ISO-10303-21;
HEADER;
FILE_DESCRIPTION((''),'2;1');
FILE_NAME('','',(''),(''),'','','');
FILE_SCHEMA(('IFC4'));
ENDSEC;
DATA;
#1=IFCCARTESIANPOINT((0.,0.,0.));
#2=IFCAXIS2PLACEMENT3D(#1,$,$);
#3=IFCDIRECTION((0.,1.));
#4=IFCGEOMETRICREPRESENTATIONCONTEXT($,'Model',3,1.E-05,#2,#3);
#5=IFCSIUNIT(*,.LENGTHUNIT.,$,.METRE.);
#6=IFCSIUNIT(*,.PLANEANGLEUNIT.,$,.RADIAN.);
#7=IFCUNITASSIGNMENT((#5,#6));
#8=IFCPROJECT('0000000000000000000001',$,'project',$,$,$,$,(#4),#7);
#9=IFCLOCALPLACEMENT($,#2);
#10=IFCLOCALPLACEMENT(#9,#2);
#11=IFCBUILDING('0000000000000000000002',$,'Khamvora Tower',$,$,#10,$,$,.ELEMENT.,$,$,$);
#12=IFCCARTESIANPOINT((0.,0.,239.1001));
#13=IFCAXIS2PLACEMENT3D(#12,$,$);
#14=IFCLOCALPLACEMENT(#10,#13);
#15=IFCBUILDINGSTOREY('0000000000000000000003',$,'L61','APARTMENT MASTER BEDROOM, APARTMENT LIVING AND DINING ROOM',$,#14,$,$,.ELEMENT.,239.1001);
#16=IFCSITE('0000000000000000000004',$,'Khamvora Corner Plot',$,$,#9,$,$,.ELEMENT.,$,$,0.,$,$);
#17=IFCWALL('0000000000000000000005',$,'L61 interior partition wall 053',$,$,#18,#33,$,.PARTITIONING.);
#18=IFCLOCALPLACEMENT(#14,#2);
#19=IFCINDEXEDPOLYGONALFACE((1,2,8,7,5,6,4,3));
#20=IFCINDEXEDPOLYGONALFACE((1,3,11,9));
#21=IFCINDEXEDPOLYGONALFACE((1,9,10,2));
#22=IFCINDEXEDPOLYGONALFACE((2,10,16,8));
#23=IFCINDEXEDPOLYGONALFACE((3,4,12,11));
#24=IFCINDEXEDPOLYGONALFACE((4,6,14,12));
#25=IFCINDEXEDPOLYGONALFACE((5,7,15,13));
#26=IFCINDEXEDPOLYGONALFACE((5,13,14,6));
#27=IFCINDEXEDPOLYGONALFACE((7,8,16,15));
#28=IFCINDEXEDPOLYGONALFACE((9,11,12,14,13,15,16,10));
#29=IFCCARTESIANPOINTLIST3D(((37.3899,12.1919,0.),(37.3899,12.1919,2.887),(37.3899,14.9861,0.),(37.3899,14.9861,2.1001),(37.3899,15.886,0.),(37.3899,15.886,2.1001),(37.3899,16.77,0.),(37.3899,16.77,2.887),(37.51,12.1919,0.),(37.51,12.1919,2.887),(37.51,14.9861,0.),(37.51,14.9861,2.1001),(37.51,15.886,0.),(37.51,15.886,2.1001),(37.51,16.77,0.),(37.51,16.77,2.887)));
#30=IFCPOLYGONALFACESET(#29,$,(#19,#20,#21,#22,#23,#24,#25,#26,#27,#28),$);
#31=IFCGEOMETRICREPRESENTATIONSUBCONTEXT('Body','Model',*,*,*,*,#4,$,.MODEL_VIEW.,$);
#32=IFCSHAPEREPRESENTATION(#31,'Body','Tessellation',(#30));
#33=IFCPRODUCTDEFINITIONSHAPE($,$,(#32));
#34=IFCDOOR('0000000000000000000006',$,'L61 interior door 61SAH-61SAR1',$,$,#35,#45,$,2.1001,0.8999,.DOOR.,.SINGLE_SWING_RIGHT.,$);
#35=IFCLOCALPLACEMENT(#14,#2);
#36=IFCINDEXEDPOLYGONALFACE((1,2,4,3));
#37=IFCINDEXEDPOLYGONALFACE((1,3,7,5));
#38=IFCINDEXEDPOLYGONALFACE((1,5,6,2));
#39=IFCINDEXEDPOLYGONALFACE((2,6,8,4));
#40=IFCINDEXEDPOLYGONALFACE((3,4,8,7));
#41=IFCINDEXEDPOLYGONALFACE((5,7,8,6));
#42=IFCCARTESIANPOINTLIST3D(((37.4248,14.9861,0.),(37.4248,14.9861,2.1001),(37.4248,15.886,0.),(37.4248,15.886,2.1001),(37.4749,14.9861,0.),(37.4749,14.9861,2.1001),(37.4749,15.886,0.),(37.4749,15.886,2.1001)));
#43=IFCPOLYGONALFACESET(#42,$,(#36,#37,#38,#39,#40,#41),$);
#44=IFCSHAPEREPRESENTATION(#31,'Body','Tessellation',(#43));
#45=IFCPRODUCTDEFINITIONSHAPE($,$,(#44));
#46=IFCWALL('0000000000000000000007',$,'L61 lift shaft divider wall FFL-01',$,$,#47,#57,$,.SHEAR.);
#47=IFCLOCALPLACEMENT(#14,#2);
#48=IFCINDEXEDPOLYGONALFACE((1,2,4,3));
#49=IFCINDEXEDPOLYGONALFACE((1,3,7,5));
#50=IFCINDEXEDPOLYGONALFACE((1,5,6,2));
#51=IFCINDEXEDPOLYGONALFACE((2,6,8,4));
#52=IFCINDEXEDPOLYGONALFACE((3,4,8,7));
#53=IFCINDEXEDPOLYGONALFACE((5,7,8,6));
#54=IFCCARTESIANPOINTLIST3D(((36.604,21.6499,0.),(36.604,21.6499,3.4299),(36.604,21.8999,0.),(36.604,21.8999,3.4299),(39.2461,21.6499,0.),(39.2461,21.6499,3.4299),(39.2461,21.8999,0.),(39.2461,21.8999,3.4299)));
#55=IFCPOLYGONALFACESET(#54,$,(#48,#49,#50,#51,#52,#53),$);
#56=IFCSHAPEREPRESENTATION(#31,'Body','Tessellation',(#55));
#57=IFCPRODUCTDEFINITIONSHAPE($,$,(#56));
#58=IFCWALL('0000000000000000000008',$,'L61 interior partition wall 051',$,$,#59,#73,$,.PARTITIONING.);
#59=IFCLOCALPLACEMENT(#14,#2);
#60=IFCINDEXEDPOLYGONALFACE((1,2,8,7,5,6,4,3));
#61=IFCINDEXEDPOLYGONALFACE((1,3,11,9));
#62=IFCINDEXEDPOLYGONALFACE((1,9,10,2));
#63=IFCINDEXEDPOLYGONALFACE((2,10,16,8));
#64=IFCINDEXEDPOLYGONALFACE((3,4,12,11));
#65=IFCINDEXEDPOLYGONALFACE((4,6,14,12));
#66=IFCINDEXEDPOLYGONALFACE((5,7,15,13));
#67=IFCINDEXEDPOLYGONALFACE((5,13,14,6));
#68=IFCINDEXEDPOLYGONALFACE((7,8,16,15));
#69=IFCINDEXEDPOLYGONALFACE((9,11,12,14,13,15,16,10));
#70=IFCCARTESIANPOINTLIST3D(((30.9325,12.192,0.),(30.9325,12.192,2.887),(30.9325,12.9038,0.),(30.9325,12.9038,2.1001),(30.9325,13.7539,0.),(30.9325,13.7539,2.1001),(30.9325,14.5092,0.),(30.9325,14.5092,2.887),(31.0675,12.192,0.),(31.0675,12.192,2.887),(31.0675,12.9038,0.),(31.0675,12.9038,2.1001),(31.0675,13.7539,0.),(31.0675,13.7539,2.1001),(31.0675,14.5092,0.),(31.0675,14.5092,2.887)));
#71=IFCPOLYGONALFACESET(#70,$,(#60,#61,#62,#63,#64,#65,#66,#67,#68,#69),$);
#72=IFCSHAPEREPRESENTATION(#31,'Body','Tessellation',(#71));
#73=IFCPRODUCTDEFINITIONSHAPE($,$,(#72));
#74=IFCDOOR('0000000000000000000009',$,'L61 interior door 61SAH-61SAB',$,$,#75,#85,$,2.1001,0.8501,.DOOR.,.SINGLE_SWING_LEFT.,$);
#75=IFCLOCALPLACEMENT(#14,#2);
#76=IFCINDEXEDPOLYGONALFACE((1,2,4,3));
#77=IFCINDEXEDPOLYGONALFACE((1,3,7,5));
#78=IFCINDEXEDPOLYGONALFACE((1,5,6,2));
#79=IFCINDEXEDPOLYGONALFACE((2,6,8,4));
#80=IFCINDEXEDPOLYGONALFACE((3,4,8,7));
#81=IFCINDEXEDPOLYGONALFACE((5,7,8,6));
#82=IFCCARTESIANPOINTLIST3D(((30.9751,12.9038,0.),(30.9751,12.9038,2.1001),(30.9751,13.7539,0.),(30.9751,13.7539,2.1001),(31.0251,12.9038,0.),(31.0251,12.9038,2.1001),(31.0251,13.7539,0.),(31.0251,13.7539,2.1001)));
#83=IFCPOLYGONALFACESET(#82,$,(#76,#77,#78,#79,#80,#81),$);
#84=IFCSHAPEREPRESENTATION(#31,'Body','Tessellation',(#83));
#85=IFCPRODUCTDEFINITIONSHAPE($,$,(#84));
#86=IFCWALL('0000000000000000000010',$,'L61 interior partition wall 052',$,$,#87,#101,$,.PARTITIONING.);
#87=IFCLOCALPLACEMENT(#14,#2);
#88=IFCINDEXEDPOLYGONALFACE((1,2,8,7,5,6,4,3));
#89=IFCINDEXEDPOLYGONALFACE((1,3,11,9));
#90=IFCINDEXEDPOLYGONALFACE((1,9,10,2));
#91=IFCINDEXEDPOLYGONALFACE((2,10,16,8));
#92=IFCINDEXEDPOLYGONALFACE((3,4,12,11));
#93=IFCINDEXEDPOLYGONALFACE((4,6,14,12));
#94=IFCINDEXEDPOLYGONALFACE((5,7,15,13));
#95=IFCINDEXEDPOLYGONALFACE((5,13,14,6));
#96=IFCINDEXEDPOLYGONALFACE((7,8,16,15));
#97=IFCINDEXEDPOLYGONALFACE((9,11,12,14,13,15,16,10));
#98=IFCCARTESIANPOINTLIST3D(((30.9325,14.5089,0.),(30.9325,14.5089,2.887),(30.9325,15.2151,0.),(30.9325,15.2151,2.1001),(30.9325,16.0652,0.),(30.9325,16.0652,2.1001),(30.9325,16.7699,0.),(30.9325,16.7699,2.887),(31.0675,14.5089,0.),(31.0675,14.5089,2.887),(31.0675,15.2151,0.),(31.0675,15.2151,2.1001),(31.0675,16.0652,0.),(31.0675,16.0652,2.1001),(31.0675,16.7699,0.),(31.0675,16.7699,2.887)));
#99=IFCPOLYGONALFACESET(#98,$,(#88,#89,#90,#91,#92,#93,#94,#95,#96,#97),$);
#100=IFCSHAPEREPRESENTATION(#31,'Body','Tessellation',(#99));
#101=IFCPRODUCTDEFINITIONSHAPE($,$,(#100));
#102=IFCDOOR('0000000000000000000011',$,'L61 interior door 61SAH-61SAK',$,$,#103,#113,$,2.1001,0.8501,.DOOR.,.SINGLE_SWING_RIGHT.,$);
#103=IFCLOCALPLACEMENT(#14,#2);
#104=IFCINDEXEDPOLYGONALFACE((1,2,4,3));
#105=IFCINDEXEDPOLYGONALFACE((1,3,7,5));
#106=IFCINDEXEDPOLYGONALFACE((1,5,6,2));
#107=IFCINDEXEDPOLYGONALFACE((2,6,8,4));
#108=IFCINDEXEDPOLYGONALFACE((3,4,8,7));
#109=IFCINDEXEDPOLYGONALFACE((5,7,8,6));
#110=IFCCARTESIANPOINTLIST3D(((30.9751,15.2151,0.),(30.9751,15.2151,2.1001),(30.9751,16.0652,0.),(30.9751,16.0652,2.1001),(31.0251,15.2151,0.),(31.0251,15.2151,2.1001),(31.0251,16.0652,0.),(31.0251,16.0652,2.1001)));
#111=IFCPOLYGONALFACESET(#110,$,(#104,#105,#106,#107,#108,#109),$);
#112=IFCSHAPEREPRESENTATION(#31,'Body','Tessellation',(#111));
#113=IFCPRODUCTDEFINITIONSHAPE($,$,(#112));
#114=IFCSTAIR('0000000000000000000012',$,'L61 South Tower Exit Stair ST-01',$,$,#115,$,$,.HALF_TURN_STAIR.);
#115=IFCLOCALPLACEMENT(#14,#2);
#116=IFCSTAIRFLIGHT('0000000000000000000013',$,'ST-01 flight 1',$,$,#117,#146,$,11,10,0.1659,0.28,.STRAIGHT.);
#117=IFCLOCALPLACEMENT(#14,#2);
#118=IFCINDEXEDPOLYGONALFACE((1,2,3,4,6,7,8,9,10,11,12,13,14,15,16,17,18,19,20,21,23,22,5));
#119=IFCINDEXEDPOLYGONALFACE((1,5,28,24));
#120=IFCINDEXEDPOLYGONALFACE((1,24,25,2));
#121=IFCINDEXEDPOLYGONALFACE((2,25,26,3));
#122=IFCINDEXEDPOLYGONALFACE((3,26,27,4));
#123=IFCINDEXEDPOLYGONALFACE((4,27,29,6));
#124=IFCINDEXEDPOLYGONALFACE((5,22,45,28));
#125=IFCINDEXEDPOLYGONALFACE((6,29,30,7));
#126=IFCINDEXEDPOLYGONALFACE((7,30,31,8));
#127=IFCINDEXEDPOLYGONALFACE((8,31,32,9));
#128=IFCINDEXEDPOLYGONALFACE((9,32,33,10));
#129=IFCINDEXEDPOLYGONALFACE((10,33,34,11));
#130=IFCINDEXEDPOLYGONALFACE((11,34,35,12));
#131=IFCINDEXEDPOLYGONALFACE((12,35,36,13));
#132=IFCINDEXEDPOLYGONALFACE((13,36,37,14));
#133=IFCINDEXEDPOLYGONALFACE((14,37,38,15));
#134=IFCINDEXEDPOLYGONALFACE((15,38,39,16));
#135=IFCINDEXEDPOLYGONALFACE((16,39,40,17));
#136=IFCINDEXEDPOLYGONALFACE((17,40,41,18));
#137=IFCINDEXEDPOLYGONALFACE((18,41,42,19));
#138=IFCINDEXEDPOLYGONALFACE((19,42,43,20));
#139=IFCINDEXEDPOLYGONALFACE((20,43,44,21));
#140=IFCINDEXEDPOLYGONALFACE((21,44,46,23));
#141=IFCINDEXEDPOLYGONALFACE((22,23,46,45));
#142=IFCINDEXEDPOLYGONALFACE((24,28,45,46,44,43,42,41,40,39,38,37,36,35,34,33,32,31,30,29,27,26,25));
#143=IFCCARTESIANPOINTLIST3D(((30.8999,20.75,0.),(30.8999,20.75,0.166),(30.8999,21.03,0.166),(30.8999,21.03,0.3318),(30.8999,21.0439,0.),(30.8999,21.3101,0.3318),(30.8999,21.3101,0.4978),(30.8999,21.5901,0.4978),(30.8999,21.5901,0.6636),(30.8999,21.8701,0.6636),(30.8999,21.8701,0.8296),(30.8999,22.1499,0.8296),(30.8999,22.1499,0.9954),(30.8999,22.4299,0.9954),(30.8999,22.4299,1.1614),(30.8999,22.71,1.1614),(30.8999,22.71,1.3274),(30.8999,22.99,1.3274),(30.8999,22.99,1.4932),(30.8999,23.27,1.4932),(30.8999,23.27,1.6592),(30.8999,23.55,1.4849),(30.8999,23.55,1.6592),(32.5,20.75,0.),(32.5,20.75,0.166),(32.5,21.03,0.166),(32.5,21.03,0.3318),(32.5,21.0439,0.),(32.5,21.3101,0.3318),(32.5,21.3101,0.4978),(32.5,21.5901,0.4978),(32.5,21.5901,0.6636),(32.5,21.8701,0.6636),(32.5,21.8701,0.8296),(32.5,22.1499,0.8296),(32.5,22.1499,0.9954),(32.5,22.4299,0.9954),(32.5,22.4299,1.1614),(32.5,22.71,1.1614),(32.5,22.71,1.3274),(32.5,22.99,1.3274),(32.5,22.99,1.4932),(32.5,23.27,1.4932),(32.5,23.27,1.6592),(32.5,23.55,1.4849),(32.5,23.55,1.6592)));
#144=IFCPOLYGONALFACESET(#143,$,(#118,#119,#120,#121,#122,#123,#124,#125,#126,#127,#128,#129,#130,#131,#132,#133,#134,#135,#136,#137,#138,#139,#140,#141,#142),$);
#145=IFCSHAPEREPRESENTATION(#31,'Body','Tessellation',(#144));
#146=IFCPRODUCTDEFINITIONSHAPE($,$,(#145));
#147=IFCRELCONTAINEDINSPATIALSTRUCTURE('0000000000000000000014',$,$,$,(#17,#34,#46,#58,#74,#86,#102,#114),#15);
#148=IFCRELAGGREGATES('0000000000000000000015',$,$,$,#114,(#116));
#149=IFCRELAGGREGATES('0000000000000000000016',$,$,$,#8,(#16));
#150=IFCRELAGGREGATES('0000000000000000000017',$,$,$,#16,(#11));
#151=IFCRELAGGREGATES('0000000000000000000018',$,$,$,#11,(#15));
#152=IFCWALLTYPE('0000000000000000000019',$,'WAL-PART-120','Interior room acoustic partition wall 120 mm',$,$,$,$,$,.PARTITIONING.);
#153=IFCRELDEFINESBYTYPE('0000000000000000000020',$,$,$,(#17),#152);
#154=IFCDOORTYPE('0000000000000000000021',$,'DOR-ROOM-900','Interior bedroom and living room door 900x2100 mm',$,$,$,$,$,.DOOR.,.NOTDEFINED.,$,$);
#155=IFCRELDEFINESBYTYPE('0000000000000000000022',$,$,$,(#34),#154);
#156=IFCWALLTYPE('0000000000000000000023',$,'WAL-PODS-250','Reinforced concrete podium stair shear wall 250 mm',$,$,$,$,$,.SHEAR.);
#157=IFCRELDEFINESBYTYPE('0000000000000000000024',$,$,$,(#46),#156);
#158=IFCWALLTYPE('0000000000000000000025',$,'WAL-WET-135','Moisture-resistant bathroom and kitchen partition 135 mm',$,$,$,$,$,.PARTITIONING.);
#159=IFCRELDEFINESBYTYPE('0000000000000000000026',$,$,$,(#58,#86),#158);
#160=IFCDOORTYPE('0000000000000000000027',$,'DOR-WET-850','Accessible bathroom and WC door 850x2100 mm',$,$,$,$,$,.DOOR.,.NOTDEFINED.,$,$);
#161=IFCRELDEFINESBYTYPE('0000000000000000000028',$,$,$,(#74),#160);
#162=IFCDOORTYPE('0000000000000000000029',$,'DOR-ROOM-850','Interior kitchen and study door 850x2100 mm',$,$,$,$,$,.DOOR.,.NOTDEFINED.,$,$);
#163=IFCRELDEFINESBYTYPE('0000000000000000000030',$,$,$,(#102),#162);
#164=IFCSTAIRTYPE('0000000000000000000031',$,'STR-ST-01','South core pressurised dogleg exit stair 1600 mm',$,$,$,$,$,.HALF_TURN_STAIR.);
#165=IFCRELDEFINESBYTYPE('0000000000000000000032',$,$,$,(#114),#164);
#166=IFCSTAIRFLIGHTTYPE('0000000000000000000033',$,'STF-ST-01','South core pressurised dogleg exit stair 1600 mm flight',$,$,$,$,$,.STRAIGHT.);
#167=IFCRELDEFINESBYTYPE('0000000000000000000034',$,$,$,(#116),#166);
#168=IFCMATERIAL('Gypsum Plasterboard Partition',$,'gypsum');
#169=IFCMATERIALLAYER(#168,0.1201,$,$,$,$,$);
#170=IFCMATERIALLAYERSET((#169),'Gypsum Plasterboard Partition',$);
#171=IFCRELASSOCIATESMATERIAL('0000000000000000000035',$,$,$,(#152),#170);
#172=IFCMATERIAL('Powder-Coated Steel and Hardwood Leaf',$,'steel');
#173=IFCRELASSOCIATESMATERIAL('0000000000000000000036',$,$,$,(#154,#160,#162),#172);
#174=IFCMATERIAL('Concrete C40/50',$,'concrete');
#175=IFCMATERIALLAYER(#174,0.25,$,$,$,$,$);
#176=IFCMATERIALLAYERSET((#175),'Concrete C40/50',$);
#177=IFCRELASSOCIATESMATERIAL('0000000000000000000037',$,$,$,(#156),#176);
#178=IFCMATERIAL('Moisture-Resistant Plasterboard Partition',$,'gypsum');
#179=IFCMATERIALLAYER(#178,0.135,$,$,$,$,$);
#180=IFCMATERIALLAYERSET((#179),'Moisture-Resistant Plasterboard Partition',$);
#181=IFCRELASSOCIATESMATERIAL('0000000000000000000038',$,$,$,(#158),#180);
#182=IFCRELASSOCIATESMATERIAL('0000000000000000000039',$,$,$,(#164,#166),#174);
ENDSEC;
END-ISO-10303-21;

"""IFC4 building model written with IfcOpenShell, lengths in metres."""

from ifc_helpers import new_model, si_unit, direction, frame, frame_2d, origin, place, context, subcontext, project, spatial, polyline, rectangle, outline, extrude, material, layer, layer_set, type_object, element, fill, aggregate, save


model = new_model("IFC4")

# Units and contexts
model_context = context("Model", 3, precision=1e-05, world=origin(), true_north=direction((0.0, 1.0)))
body_context = subcontext(model_context, "Body", "Model", "MODEL_VIEW")
ifc_project = project(units=[si_unit("LENGTHUNIT", "METRE"), si_unit("PLANEANGLEUNIT", "RADIAN")], contexts=[model_context])

# Site, building, storey
site_placement = place(None, origin())
site = spatial("IfcSite", under=ifc_project, at=site_placement, Name="Khamvora Corner Plot", CompositionType="ELEMENT", RefElevation=0.0)
building_placement = place(site_placement, origin())
building = spatial("IfcBuilding", under=site, at=building_placement, Name="Khamvora Tower", CompositionType="ELEMENT")
storey_placement = place(building_placement, frame((0.0, 0.0, 239.1001)))
storey = spatial("IfcBuildingStorey", under=building, at=storey_placement, Name="L61", Description="APARTMENT MASTER BEDROOM, APARTMENT LIVING AND DINING ROOM", CompositionType="ELEMENT", Elevation=239.1001)

# Shared definitions
ifc_material_1 = material(Name="Powder-Coated Steel and Hardwood Leaf", Category="steel")

# Wall, opening, door
ifc_material_2 = material(Name="Gypsum Plasterboard Partition", Category="gypsum")
ifc_layer_1 = layer(ifc_material_2, 0.1201)
ifc_layer_set_1 = layer_set([ifc_layer_1], Name="Gypsum Plasterboard Partition")
wall_type_1 = type_object("IfcWallType", Name="WAL-PART-120", Description="Interior room acoustic partition wall 120 mm", PredefinedType="PARTITIONING", material=ifc_layer_set_1)
wall_1_placement = place(storey_placement, frame((37.45, 16.77, 0.0), z_axis=(0.0, 0.0, 1.0), x_axis=(0.0, -1.0, 0.0)))
wall_1 = element("IfcWall", 1, at=wall_1_placement, inside=storey, type_object=wall_type_1, Name="L61 interior partition wall 053", PredefinedType="PARTITIONING", context=body_context, shape_type="SweptSolid", body=[
    extrude(rectangle(XDim=4.5781, YDim=0.1201, at=frame_2d((2.2891, 0.0))), origin(), (0.0, 0.0, 1.0), 2.887),
])
opening_1_placement = place(wall_1_placement, frame((0.884, 0.0, 0.0)))
opening_1 = element("IfcOpeningElement", 2, at=opening_1_placement, cuts=wall_1, PredefinedType="OPENING", context=body_context, shape_type="SweptSolid", body=[
    extrude(rectangle(XDim=0.8999, YDim=2.1001, at=frame_2d((0.45, 1.05))), frame((0.0, 0.0701, 0.0), z_axis=(0.0, -1.0, 0.0), x_axis=(1.0, 0.0, 0.0)), (0.0, 0.0, 1.0), 0.1401),
])
door_type_1 = type_object("IfcDoorType", Name="DOR-ROOM-900", Description="Interior bedroom and living room door 900x2100 mm", OperationType="NOTDEFINED", PredefinedType="DOOR", material=ifc_material_1)
door_1_placement = place(opening_1_placement, origin())
door_1 = element("IfcDoor", 3, at=door_1_placement, inside=storey, type_object=door_type_1, Name="L61 interior door 61SAH-61SAR1", OperationType="SINGLE_SWING_RIGHT", OverallHeight=2.1001, OverallWidth=0.8999, PredefinedType="DOOR", context=body_context, shape_type="SweptSolid", body=[
    extrude(rectangle(XDim=0.8999, YDim=2.1001, at=frame_2d((0.45, 1.05))), frame((0.0, 0.0249, 0.0), z_axis=(0.0, -1.0, 0.0), x_axis=(1.0, 0.0, 0.0)), (0.0, 0.0, 1.0), 0.05),
])
fill(opening_1, door_1)

# Wall
ifc_material_3 = material(Name="Concrete C40/50", Category="concrete")
ifc_layer_2 = layer(ifc_material_3, 0.25)
ifc_layer_set_2 = layer_set([ifc_layer_2], Name="Concrete C40/50")
wall_type_2 = type_object("IfcWallType", Name="WAL-PODS-250", Description="Reinforced concrete podium stair shear wall 250 mm", PredefinedType="SHEAR", material=ifc_layer_set_2)
wall_2_placement = place(storey_placement, frame((36.604, 21.7749, 0.0), z_axis=(0.0, 0.0, 1.0), x_axis=(1.0, 0.0, 0.0)))
element("IfcWall", 4, at=wall_2_placement, inside=storey, type_object=wall_type_2, Name="L61 lift shaft divider wall FFL-01", PredefinedType="SHEAR", context=body_context, shape_type="SweptSolid", body=[
    extrude(rectangle(XDim=2.6421, YDim=0.25, at=frame_2d((1.321, 0.0))), origin(), (0.0, 0.0, 1.0), 3.4299),
])

# Walls, openings, doors
ifc_material_4 = material(Name="Moisture-Resistant Plasterboard Partition", Category="gypsum")
ifc_layer_3 = layer(ifc_material_4, 0.135)
ifc_layer_set_3 = layer_set([ifc_layer_3], Name="Moisture-Resistant Plasterboard Partition")
wall_type_3 = type_object("IfcWallType", Name="WAL-WET-135", Description="Moisture-resistant bathroom and kitchen partition 135 mm", PredefinedType="PARTITIONING", material=ifc_layer_set_3)
wall_3_placement = place(storey_placement, frame((31.0, 12.1919, 0.0), z_axis=(0.0, 0.0, 1.0), x_axis=(0.0, 1.0, 0.0)))
wall_3 = element("IfcWall", 5, at=wall_3_placement, inside=storey, type_object=wall_type_3, Name="L61 interior partition wall 051", PredefinedType="PARTITIONING", context=body_context, shape_type="SweptSolid", body=[
    extrude(rectangle(XDim=2.3171, YDim=0.135, at=frame_2d((1.1587, 0.0))), origin(), (0.0, 0.0, 1.0), 2.887),
])
opening_2_placement = place(wall_3_placement, frame((0.7119, 0.0, 0.0)))
opening_2 = element("IfcOpeningElement", 6, at=opening_2_placement, cuts=wall_3, PredefinedType="OPENING", context=body_context, shape_type="SweptSolid", body=[
    extrude(rectangle(XDim=0.8501, YDim=2.1001, at=frame_2d((0.425, 1.05))), frame((0.0, 0.0774, 0.0), z_axis=(0.0, -1.0, 0.0), x_axis=(1.0, 0.0, 0.0)), (0.0, 0.0, 1.0), 0.155),
])
door_type_2 = type_object("IfcDoorType", Name="DOR-WET-850", Description="Accessible bathroom and WC door 850x2100 mm", OperationType="NOTDEFINED", PredefinedType="DOOR", material=ifc_material_1)
door_2_placement = place(opening_2_placement, origin())
door_2 = element("IfcDoor", 7, at=door_2_placement, inside=storey, type_object=door_type_2, Name="L61 interior door 61SAH-61SAB", OperationType="SINGLE_SWING_LEFT", OverallHeight=2.1001, OverallWidth=0.8501, PredefinedType="DOOR", context=body_context, shape_type="SweptSolid", body=[
    extrude(rectangle(XDim=0.8501, YDim=2.1001, at=frame_2d((0.425, 1.05))), frame((0.0, 0.0249, 0.0), z_axis=(0.0, -1.0, 0.0), x_axis=(1.0, 0.0, 0.0)), (0.0, 0.0, 1.0), 0.05),
])
fill(opening_2, door_2)
wall_4_placement = place(storey_placement, frame((31.0, 14.509, 0.0), z_axis=(0.0, 0.0, 1.0), x_axis=(0.0, 1.0, 0.0)))
wall_4 = element("IfcWall", 8, at=wall_4_placement, inside=storey, type_object=wall_type_3, Name="L61 interior partition wall 052", PredefinedType="PARTITIONING", context=body_context, shape_type="SweptSolid", body=[
    extrude(rectangle(XDim=2.261, YDim=0.135, at=frame_2d((1.1304, 0.0))), origin(), (0.0, 0.0, 1.0), 2.887),
])
opening_3_placement = place(wall_4_placement, frame((0.7061, 0.0, 0.0)))
opening_3 = element("IfcOpeningElement", 9, at=opening_3_placement, cuts=wall_4, PredefinedType="OPENING", context=body_context, shape_type="SweptSolid", body=[
    extrude(rectangle(XDim=0.8501, YDim=2.1001, at=frame_2d((0.425, 1.05))), frame((0.0, 0.0774, 0.0), z_axis=(0.0, -1.0, 0.0), x_axis=(1.0, 0.0, 0.0)), (0.0, 0.0, 1.0), 0.155),
])
door_type_3 = type_object("IfcDoorType", Name="DOR-ROOM-850", Description="Interior kitchen and study door 850x2100 mm", OperationType="NOTDEFINED", PredefinedType="DOOR", material=ifc_material_1)
door_3_placement = place(opening_3_placement, origin())
door_3 = element("IfcDoor", 10, at=door_3_placement, inside=storey, type_object=door_type_3, Name="L61 interior door 61SAH-61SAK", OperationType="SINGLE_SWING_RIGHT", OverallHeight=2.1001, OverallWidth=0.8501, PredefinedType="DOOR", context=body_context, shape_type="SweptSolid", body=[
    extrude(rectangle(XDim=0.8501, YDim=2.1001, at=frame_2d((0.425, 1.05))), frame((0.0, 0.0249, 0.0), z_axis=(0.0, -1.0, 0.0), x_axis=(1.0, 0.0, 0.0)), (0.0, 0.0, 1.0), 0.05),
])
fill(opening_3, door_3)

# Stair, stair flight
stair_type = type_object("IfcStairType", Name="STR-ST-01", Description="South core pressurised dogleg exit stair 1600 mm", PredefinedType="HALF_TURN_STAIR", material=ifc_material_3)
stair_placement = place(storey_placement, origin())
stair = element("IfcStair", 11, at=stair_placement, inside=storey, type_object=stair_type, Name="L61 South Tower Exit Stair ST-01", PredefinedType="HALF_TURN_STAIR")
stair_flight_type = type_object("IfcStairFlightType", Name="STF-ST-01", Description="South core pressurised dogleg exit stair 1600 mm flight", PredefinedType="STRAIGHT", material=ifc_material_3)
stair_flight_1_placement = place(storey_placement, frame((31.7, 20.75, 0.0), z_axis=(0.0, 0.0, 1.0), x_axis=(0.0, 1.0, 0.0)))
stair_flight_1 = element("IfcStairFlight", 12, at=stair_flight_1_placement, type_object=stair_flight_type, Name="ST-01 flight 1", NumberOfRisers=11, NumberOfTreads=10, PredefinedType="STRAIGHT", RiserHeight=0.1659, TreadLength=0.28, context=body_context, shape_type="SweptSolid", body=[
    extrude(outline(polyline([(0.0, 0.0), (0.0, 0.166), (0.28, 0.166), (0.28, 0.3318), (0.5601, 0.3318), (0.5601, 0.4978), (0.8401, 0.4978), (0.8401, 0.6636), (1.1201, 0.6636), (1.1201, 0.8296), (1.3999, 0.8296), (1.3999, 0.9954), (1.6799, 0.9954), (1.6799, 1.1614), (1.96, 1.1614), (1.96, 1.3274), (2.24, 1.3274), (2.24, 1.4932), (2.52, 1.4932), (2.52, 1.6592), (2.8, 1.6592), (2.8, 1.825), (2.8, 1.4849), (0.2939, 0.0), (0.0, 0.0)])), frame((0.0, 0.8, 0.0), z_axis=(0.0, -1.0, 0.0), x_axis=(1.0, 0.0, 0.0)), (0.0, 0.0, 1.0), 1.6001),
])
aggregate(stair, [stair_flight_1])

save(model, "model.ifc")
